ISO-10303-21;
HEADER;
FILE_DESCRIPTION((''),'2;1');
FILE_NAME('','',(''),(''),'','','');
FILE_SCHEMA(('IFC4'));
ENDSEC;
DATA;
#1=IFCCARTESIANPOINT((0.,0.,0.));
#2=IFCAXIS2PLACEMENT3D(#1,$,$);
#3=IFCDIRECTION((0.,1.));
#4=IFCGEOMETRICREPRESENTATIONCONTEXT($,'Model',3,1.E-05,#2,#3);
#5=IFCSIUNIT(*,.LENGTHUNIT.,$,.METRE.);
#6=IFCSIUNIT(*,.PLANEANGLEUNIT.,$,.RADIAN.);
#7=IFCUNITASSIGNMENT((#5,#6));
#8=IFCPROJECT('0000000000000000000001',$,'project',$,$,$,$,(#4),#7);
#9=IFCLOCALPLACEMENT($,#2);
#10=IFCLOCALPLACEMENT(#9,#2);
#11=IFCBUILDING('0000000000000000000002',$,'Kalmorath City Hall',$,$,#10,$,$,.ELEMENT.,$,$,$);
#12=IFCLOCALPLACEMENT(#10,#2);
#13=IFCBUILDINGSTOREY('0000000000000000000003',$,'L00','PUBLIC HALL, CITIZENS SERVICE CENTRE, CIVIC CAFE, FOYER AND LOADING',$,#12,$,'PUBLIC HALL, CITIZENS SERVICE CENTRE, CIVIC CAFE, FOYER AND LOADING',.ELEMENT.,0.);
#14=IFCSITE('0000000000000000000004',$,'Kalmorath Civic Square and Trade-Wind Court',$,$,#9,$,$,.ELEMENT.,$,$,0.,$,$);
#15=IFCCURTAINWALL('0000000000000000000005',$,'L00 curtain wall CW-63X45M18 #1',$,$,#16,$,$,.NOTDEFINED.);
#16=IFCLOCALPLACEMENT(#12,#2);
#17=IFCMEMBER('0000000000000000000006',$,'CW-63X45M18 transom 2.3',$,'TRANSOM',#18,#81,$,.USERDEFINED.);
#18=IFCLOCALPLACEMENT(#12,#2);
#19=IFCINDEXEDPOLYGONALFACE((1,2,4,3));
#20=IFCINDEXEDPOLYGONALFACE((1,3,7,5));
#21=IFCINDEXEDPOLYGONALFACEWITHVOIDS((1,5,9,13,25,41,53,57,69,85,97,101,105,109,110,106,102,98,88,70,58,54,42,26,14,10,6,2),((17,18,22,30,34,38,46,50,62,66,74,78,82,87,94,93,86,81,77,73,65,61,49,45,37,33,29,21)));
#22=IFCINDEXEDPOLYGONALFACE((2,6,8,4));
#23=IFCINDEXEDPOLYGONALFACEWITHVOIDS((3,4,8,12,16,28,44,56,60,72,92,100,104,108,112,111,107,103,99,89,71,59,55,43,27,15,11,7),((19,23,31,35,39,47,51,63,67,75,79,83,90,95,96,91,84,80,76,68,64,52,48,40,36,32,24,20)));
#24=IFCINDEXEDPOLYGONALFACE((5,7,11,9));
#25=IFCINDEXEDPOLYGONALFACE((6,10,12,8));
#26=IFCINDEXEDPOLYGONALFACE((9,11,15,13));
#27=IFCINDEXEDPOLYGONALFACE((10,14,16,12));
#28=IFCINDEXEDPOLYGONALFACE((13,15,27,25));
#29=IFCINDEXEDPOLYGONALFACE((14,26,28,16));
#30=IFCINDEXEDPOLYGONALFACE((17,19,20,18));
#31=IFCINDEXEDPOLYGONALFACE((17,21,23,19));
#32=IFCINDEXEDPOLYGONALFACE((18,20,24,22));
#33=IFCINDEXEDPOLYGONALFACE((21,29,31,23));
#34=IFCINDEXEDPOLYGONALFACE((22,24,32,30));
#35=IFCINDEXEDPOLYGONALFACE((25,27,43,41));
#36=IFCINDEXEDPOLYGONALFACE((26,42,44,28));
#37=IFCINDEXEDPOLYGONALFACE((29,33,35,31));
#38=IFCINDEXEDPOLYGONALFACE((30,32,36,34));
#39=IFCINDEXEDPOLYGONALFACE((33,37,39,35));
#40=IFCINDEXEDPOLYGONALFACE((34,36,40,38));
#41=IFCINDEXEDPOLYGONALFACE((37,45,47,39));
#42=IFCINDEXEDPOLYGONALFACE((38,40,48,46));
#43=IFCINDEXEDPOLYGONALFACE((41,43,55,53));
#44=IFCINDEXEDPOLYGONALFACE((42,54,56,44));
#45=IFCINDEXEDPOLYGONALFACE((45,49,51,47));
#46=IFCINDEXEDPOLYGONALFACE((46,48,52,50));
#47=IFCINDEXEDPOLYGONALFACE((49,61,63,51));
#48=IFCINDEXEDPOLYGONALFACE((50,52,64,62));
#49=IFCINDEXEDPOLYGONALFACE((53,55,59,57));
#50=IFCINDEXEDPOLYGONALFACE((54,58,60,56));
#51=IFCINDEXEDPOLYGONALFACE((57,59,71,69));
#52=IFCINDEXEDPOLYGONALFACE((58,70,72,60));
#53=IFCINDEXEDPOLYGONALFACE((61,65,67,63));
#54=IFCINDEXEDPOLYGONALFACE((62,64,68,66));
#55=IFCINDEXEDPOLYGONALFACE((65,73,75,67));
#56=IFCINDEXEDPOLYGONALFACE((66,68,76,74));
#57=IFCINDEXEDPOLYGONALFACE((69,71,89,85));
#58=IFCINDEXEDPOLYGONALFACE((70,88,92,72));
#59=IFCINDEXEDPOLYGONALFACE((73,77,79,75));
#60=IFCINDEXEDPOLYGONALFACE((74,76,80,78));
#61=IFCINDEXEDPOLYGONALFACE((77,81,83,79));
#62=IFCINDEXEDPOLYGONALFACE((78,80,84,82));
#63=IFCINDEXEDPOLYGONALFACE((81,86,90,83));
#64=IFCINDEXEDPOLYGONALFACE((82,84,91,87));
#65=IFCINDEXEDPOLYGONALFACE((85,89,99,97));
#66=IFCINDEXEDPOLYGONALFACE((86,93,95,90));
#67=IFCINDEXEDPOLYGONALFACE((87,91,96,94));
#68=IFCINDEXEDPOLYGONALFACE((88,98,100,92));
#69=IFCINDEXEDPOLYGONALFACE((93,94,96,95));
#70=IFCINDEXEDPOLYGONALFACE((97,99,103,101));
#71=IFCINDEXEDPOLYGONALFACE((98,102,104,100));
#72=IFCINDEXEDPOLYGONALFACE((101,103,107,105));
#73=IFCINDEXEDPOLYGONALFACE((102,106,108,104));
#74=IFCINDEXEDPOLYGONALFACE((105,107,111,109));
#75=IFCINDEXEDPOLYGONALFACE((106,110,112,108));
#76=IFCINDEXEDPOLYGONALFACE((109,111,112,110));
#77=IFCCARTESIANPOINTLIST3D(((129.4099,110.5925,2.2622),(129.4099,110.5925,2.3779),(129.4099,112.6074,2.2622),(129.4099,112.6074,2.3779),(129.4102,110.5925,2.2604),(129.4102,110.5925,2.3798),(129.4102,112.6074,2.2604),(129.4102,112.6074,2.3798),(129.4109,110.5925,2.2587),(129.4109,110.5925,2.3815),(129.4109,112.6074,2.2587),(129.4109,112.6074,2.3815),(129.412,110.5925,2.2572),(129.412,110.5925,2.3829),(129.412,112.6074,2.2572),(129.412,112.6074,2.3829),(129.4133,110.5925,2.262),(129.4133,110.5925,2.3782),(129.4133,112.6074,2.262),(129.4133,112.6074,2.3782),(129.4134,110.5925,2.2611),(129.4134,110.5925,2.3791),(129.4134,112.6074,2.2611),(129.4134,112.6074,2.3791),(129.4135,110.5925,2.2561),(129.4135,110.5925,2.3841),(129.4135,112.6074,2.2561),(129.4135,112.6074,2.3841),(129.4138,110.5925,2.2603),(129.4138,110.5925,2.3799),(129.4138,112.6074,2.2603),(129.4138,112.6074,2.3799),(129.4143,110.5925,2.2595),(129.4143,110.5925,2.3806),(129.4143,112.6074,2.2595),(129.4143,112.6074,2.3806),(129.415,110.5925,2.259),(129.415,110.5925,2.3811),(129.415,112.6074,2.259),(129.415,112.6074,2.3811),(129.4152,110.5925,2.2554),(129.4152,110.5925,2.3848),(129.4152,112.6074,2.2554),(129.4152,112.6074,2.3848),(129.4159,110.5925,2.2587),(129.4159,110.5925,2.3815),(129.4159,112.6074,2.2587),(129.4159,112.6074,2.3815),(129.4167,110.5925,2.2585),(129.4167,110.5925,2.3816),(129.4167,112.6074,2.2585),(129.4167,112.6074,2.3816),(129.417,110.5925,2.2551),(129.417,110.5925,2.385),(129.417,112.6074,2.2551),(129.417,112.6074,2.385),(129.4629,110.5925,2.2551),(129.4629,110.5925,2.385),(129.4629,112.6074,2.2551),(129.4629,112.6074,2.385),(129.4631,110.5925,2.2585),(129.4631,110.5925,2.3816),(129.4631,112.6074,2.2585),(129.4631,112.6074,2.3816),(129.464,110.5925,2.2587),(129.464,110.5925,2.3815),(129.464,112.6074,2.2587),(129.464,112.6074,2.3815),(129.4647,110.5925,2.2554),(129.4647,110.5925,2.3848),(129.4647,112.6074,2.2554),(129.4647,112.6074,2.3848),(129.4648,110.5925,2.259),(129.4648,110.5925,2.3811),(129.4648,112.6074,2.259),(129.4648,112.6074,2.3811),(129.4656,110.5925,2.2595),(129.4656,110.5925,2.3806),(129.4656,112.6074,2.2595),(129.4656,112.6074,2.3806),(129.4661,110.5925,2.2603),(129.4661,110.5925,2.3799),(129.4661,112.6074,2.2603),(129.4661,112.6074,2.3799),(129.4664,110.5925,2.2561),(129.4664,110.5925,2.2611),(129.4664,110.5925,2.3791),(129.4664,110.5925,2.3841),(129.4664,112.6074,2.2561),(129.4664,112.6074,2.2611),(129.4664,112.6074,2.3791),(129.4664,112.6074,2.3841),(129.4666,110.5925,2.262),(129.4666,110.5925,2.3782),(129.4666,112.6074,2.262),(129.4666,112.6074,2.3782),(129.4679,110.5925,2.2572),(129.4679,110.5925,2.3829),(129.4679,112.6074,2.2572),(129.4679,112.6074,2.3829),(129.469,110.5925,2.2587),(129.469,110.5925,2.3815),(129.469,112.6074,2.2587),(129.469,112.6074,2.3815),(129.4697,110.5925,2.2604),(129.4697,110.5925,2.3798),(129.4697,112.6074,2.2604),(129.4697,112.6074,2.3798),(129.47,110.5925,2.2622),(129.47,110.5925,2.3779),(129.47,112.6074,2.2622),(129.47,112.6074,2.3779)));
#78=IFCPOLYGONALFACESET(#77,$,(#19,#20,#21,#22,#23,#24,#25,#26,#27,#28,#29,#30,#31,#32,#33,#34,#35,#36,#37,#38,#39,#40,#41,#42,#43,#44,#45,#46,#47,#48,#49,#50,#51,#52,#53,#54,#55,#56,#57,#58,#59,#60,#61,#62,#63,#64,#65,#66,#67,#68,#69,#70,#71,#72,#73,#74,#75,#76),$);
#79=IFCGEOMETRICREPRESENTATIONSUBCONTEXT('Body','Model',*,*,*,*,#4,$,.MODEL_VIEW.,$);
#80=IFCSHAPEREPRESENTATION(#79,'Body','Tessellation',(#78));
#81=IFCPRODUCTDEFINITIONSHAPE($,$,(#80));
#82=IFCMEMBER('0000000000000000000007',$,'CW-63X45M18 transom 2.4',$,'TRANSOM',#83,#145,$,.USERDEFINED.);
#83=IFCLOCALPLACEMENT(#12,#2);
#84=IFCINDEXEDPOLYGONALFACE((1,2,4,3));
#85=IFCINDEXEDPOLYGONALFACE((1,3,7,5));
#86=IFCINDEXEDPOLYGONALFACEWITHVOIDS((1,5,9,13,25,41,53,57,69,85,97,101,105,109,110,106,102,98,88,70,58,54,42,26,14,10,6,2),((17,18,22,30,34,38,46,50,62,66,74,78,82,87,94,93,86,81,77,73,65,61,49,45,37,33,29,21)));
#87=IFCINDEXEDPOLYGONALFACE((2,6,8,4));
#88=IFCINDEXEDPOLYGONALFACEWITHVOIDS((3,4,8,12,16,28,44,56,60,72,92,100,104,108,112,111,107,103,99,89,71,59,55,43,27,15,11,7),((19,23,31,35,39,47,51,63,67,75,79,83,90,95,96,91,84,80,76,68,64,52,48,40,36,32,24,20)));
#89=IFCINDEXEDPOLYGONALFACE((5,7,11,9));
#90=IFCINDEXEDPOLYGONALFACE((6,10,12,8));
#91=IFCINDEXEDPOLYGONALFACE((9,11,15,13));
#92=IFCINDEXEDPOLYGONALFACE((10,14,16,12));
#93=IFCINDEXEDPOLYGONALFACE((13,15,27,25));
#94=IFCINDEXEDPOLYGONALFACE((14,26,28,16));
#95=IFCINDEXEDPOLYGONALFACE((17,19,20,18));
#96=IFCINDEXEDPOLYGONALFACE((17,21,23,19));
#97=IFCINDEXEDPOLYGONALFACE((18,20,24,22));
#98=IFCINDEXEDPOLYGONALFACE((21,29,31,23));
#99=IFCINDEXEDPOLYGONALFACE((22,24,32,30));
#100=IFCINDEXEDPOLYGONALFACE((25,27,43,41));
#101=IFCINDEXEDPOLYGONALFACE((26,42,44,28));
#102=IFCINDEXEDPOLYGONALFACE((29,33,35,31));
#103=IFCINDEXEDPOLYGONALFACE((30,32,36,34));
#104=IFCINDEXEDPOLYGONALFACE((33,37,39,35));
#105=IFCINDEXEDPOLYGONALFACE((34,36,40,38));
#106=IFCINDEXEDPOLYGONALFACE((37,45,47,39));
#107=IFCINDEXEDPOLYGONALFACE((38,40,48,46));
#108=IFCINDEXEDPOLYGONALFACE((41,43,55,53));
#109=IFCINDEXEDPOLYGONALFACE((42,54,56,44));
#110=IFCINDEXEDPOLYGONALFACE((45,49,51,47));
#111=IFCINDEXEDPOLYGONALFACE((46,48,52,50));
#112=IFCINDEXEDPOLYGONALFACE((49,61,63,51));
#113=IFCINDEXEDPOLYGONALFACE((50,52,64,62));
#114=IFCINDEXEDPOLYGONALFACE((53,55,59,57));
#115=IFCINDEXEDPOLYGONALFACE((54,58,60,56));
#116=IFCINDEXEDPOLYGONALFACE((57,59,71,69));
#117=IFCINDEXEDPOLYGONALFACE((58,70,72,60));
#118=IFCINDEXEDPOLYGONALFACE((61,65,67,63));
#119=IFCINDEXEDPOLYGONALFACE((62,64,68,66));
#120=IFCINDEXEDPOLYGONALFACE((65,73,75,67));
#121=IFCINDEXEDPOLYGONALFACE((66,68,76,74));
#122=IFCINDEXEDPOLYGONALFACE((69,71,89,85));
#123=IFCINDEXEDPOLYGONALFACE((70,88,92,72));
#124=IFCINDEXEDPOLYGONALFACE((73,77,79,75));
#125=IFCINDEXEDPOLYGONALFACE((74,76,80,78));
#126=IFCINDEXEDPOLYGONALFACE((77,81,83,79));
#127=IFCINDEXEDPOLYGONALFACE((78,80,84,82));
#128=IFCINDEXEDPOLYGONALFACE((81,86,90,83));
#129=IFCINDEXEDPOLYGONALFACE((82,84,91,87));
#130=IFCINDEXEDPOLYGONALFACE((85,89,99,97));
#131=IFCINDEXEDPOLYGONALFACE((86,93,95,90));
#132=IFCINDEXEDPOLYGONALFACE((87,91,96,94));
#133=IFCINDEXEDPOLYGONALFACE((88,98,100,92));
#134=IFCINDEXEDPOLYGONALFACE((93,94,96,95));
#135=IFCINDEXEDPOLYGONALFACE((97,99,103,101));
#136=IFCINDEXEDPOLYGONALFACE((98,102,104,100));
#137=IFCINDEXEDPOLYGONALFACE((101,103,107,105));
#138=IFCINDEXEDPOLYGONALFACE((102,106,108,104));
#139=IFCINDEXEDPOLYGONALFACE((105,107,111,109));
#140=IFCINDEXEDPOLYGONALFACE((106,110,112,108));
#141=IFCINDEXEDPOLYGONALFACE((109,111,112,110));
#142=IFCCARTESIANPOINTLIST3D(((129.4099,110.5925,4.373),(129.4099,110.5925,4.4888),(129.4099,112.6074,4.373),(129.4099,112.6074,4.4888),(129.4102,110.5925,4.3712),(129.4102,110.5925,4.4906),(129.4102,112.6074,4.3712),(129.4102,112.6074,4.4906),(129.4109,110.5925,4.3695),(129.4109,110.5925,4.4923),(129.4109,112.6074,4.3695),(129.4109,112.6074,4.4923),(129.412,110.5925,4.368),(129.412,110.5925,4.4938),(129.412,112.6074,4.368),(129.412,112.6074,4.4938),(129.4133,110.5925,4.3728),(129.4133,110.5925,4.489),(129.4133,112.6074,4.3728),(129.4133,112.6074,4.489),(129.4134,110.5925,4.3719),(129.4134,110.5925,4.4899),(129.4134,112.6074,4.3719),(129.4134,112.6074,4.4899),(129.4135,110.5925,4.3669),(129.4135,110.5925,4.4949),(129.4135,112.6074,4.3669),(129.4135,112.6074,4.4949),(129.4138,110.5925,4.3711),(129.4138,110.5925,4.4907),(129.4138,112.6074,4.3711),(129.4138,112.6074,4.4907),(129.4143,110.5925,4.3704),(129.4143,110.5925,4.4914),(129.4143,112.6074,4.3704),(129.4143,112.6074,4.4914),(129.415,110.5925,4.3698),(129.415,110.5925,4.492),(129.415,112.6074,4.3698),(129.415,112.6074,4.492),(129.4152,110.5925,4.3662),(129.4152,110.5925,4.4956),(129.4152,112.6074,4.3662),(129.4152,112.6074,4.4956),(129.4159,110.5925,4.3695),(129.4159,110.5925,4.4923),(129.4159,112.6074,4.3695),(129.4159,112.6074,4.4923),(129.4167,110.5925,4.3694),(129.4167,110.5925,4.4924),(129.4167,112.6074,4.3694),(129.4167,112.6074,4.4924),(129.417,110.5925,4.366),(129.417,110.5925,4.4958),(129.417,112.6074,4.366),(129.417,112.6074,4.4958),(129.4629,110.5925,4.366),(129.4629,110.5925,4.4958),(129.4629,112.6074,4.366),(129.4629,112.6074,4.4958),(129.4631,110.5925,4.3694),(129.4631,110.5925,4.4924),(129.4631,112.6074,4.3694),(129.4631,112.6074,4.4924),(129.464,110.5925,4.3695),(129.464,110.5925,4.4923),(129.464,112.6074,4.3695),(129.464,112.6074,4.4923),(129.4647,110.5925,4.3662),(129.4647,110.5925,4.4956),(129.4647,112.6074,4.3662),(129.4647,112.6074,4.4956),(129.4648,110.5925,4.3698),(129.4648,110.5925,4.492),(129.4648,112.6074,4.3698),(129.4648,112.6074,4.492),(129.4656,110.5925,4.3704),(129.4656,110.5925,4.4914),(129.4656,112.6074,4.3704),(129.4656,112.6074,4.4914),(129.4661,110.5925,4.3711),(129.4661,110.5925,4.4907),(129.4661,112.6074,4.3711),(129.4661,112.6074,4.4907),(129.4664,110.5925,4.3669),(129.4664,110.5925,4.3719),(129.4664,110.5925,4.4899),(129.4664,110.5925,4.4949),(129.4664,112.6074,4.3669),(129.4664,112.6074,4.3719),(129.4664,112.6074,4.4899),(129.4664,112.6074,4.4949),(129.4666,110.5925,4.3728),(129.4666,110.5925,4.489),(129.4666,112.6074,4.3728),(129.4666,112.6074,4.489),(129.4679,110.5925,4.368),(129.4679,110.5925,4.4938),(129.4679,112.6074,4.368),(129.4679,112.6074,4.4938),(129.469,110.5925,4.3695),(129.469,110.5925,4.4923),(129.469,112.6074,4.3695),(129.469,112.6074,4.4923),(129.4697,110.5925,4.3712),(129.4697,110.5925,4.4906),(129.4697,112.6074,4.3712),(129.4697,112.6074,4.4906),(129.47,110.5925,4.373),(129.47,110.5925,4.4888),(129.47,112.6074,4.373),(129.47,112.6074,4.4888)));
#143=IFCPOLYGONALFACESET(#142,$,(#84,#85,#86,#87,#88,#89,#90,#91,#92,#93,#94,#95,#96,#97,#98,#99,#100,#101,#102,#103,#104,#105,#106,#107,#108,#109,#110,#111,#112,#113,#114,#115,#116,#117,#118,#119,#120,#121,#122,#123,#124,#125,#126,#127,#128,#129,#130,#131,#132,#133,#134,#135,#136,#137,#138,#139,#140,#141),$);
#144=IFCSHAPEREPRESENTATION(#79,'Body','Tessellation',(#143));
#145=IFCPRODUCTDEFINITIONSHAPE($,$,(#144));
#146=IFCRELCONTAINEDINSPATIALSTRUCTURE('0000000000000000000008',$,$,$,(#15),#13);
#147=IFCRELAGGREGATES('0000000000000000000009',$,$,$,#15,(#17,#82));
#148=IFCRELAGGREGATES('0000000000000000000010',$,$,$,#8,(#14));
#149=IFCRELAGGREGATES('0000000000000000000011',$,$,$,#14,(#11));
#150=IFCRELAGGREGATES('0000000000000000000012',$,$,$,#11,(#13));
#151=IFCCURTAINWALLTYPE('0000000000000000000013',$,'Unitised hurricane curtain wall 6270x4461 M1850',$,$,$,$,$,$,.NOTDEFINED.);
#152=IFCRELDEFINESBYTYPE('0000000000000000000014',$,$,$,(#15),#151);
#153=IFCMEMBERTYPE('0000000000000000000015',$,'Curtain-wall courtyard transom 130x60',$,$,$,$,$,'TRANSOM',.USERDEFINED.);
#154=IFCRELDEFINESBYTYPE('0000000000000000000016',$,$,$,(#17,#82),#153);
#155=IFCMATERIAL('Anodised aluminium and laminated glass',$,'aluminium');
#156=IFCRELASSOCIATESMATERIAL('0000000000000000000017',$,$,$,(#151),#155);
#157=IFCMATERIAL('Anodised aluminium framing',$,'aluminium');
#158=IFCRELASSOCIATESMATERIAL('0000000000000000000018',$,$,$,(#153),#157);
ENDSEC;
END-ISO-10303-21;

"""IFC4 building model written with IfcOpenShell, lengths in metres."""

from ifc_helpers import new_model, si_unit, direction, frame, origin, origin_2d, place, context, subcontext, project, spatial, hollow_rectangle, extrude, material, material_profile, profile_set, type_object, element, aggregate, save


model = new_model("IFC4")

# Units and contexts
model_context = context("Model", 3, precision=1e-05, world=origin(), true_north=direction((0.0, 1.0)))
body_context = subcontext(model_context, "Body", "Model", "MODEL_VIEW")
ifc_project = project(units=[si_unit("LENGTHUNIT", "METRE"), si_unit("PLANEANGLEUNIT", "RADIAN")], contexts=[model_context])

# Site, building, storey
site_placement = place(None, origin())
site = spatial("IfcSite", under=ifc_project, at=site_placement, Name="Kalmorath Civic Square and Trade-Wind Court", CompositionType="ELEMENT", RefElevation=0.0)
building_placement = place(site_placement, origin())
building = spatial("IfcBuilding", under=site, at=building_placement, Name="Kalmorath City Hall", CompositionType="ELEMENT")
storey_placement = place(building_placement, origin())
storey = spatial("IfcBuildingStorey", under=building, at=storey_placement, Name="L00", Description="PUBLIC HALL, CITIZENS SERVICE CENTRE, CIVIC CAFE, FOYER AND LOADING", LongName="PUBLIC HALL, CITIZENS SERVICE CENTRE, CIVIC CAFE, FOYER AND LOADING", CompositionType="ELEMENT", Elevation=0.0)

# Curtain wall, members
ifc_material_1 = material(Name="Anodised aluminium and laminated glass", Category="aluminium")
curtain_wall_type = type_object("IfcCurtainWallType", Name="Unitised hurricane curtain wall 6270x4461 M1850", PredefinedType="NOTDEFINED", material=ifc_material_1)
curtain_wall_placement = place(storey_placement, origin())
curtain_wall = element("IfcCurtainWall", 1, at=curtain_wall_placement, inside=storey, type_object=curtain_wall_type, Name="L00 curtain wall CW-63X45M18 #1", PredefinedType="NOTDEFINED")
ifc_material_2 = material(Name="Anodised aluminium framing", Category="aluminium")
ifc_material_profile_1 = material_profile(ifc_material_2, hollow_rectangle(XDim=0.0601, YDim=0.1299, WallThickness=0.0034, InnerFilletRadius=0.0034, OuterFilletRadius=0.0071, at=origin_2d()), Name="ALU-TRN-130X60X3.5")
ifc_profile_set_1 = profile_set([ifc_material_profile_1], Name="Anodised aluminium framing")
member_type_1 = type_object("IfcMemberType", Name="Curtain-wall courtyard transom 130x60", ElementType="TRANSOM", PredefinedType="USERDEFINED", material=ifc_profile_set_1)
member_1_placement = place(storey_placement, frame((129.4399, 112.6074, 2.3201), z_axis=(0.0, -1.0, 0.0), x_axis=(1.0, 0.0, 0.0)))
member_1 = element("IfcMember", 2, at=member_1_placement, type_object=member_type_1, Name="CW-63X45M18 transom 2.3", ObjectType="TRANSOM", PredefinedType="USERDEFINED", context=body_context, shape_type="SweptSolid", body=[
    extrude(hollow_rectangle(XDim=0.0601, YDim=0.1299, WallThickness=0.0034, InnerFilletRadius=0.0034, OuterFilletRadius=0.0071, at=origin_2d()), origin(), (0.0, 0.0, 1.0), 2.0149),
])
member_2_placement = place(storey_placement, frame((129.4399, 112.6074, 4.4309), z_axis=(0.0, -1.0, 0.0), x_axis=(1.0, 0.0, 0.0)))
member_2 = element("IfcMember", 3, at=member_2_placement, type_object=member_type_1, Name="CW-63X45M18 transom 2.4", ObjectType="TRANSOM", PredefinedType="USERDEFINED", context=body_context, shape_type="SweptSolid", body=[
    extrude(hollow_rectangle(XDim=0.0601, YDim=0.1299, WallThickness=0.0034, InnerFilletRadius=0.0034, OuterFilletRadius=0.0071, at=origin_2d()), origin(), (0.0, 0.0, 1.0), 2.0149),
])
aggregate(curtain_wall, [member_1, member_2])

save(model, "model.ifc")
